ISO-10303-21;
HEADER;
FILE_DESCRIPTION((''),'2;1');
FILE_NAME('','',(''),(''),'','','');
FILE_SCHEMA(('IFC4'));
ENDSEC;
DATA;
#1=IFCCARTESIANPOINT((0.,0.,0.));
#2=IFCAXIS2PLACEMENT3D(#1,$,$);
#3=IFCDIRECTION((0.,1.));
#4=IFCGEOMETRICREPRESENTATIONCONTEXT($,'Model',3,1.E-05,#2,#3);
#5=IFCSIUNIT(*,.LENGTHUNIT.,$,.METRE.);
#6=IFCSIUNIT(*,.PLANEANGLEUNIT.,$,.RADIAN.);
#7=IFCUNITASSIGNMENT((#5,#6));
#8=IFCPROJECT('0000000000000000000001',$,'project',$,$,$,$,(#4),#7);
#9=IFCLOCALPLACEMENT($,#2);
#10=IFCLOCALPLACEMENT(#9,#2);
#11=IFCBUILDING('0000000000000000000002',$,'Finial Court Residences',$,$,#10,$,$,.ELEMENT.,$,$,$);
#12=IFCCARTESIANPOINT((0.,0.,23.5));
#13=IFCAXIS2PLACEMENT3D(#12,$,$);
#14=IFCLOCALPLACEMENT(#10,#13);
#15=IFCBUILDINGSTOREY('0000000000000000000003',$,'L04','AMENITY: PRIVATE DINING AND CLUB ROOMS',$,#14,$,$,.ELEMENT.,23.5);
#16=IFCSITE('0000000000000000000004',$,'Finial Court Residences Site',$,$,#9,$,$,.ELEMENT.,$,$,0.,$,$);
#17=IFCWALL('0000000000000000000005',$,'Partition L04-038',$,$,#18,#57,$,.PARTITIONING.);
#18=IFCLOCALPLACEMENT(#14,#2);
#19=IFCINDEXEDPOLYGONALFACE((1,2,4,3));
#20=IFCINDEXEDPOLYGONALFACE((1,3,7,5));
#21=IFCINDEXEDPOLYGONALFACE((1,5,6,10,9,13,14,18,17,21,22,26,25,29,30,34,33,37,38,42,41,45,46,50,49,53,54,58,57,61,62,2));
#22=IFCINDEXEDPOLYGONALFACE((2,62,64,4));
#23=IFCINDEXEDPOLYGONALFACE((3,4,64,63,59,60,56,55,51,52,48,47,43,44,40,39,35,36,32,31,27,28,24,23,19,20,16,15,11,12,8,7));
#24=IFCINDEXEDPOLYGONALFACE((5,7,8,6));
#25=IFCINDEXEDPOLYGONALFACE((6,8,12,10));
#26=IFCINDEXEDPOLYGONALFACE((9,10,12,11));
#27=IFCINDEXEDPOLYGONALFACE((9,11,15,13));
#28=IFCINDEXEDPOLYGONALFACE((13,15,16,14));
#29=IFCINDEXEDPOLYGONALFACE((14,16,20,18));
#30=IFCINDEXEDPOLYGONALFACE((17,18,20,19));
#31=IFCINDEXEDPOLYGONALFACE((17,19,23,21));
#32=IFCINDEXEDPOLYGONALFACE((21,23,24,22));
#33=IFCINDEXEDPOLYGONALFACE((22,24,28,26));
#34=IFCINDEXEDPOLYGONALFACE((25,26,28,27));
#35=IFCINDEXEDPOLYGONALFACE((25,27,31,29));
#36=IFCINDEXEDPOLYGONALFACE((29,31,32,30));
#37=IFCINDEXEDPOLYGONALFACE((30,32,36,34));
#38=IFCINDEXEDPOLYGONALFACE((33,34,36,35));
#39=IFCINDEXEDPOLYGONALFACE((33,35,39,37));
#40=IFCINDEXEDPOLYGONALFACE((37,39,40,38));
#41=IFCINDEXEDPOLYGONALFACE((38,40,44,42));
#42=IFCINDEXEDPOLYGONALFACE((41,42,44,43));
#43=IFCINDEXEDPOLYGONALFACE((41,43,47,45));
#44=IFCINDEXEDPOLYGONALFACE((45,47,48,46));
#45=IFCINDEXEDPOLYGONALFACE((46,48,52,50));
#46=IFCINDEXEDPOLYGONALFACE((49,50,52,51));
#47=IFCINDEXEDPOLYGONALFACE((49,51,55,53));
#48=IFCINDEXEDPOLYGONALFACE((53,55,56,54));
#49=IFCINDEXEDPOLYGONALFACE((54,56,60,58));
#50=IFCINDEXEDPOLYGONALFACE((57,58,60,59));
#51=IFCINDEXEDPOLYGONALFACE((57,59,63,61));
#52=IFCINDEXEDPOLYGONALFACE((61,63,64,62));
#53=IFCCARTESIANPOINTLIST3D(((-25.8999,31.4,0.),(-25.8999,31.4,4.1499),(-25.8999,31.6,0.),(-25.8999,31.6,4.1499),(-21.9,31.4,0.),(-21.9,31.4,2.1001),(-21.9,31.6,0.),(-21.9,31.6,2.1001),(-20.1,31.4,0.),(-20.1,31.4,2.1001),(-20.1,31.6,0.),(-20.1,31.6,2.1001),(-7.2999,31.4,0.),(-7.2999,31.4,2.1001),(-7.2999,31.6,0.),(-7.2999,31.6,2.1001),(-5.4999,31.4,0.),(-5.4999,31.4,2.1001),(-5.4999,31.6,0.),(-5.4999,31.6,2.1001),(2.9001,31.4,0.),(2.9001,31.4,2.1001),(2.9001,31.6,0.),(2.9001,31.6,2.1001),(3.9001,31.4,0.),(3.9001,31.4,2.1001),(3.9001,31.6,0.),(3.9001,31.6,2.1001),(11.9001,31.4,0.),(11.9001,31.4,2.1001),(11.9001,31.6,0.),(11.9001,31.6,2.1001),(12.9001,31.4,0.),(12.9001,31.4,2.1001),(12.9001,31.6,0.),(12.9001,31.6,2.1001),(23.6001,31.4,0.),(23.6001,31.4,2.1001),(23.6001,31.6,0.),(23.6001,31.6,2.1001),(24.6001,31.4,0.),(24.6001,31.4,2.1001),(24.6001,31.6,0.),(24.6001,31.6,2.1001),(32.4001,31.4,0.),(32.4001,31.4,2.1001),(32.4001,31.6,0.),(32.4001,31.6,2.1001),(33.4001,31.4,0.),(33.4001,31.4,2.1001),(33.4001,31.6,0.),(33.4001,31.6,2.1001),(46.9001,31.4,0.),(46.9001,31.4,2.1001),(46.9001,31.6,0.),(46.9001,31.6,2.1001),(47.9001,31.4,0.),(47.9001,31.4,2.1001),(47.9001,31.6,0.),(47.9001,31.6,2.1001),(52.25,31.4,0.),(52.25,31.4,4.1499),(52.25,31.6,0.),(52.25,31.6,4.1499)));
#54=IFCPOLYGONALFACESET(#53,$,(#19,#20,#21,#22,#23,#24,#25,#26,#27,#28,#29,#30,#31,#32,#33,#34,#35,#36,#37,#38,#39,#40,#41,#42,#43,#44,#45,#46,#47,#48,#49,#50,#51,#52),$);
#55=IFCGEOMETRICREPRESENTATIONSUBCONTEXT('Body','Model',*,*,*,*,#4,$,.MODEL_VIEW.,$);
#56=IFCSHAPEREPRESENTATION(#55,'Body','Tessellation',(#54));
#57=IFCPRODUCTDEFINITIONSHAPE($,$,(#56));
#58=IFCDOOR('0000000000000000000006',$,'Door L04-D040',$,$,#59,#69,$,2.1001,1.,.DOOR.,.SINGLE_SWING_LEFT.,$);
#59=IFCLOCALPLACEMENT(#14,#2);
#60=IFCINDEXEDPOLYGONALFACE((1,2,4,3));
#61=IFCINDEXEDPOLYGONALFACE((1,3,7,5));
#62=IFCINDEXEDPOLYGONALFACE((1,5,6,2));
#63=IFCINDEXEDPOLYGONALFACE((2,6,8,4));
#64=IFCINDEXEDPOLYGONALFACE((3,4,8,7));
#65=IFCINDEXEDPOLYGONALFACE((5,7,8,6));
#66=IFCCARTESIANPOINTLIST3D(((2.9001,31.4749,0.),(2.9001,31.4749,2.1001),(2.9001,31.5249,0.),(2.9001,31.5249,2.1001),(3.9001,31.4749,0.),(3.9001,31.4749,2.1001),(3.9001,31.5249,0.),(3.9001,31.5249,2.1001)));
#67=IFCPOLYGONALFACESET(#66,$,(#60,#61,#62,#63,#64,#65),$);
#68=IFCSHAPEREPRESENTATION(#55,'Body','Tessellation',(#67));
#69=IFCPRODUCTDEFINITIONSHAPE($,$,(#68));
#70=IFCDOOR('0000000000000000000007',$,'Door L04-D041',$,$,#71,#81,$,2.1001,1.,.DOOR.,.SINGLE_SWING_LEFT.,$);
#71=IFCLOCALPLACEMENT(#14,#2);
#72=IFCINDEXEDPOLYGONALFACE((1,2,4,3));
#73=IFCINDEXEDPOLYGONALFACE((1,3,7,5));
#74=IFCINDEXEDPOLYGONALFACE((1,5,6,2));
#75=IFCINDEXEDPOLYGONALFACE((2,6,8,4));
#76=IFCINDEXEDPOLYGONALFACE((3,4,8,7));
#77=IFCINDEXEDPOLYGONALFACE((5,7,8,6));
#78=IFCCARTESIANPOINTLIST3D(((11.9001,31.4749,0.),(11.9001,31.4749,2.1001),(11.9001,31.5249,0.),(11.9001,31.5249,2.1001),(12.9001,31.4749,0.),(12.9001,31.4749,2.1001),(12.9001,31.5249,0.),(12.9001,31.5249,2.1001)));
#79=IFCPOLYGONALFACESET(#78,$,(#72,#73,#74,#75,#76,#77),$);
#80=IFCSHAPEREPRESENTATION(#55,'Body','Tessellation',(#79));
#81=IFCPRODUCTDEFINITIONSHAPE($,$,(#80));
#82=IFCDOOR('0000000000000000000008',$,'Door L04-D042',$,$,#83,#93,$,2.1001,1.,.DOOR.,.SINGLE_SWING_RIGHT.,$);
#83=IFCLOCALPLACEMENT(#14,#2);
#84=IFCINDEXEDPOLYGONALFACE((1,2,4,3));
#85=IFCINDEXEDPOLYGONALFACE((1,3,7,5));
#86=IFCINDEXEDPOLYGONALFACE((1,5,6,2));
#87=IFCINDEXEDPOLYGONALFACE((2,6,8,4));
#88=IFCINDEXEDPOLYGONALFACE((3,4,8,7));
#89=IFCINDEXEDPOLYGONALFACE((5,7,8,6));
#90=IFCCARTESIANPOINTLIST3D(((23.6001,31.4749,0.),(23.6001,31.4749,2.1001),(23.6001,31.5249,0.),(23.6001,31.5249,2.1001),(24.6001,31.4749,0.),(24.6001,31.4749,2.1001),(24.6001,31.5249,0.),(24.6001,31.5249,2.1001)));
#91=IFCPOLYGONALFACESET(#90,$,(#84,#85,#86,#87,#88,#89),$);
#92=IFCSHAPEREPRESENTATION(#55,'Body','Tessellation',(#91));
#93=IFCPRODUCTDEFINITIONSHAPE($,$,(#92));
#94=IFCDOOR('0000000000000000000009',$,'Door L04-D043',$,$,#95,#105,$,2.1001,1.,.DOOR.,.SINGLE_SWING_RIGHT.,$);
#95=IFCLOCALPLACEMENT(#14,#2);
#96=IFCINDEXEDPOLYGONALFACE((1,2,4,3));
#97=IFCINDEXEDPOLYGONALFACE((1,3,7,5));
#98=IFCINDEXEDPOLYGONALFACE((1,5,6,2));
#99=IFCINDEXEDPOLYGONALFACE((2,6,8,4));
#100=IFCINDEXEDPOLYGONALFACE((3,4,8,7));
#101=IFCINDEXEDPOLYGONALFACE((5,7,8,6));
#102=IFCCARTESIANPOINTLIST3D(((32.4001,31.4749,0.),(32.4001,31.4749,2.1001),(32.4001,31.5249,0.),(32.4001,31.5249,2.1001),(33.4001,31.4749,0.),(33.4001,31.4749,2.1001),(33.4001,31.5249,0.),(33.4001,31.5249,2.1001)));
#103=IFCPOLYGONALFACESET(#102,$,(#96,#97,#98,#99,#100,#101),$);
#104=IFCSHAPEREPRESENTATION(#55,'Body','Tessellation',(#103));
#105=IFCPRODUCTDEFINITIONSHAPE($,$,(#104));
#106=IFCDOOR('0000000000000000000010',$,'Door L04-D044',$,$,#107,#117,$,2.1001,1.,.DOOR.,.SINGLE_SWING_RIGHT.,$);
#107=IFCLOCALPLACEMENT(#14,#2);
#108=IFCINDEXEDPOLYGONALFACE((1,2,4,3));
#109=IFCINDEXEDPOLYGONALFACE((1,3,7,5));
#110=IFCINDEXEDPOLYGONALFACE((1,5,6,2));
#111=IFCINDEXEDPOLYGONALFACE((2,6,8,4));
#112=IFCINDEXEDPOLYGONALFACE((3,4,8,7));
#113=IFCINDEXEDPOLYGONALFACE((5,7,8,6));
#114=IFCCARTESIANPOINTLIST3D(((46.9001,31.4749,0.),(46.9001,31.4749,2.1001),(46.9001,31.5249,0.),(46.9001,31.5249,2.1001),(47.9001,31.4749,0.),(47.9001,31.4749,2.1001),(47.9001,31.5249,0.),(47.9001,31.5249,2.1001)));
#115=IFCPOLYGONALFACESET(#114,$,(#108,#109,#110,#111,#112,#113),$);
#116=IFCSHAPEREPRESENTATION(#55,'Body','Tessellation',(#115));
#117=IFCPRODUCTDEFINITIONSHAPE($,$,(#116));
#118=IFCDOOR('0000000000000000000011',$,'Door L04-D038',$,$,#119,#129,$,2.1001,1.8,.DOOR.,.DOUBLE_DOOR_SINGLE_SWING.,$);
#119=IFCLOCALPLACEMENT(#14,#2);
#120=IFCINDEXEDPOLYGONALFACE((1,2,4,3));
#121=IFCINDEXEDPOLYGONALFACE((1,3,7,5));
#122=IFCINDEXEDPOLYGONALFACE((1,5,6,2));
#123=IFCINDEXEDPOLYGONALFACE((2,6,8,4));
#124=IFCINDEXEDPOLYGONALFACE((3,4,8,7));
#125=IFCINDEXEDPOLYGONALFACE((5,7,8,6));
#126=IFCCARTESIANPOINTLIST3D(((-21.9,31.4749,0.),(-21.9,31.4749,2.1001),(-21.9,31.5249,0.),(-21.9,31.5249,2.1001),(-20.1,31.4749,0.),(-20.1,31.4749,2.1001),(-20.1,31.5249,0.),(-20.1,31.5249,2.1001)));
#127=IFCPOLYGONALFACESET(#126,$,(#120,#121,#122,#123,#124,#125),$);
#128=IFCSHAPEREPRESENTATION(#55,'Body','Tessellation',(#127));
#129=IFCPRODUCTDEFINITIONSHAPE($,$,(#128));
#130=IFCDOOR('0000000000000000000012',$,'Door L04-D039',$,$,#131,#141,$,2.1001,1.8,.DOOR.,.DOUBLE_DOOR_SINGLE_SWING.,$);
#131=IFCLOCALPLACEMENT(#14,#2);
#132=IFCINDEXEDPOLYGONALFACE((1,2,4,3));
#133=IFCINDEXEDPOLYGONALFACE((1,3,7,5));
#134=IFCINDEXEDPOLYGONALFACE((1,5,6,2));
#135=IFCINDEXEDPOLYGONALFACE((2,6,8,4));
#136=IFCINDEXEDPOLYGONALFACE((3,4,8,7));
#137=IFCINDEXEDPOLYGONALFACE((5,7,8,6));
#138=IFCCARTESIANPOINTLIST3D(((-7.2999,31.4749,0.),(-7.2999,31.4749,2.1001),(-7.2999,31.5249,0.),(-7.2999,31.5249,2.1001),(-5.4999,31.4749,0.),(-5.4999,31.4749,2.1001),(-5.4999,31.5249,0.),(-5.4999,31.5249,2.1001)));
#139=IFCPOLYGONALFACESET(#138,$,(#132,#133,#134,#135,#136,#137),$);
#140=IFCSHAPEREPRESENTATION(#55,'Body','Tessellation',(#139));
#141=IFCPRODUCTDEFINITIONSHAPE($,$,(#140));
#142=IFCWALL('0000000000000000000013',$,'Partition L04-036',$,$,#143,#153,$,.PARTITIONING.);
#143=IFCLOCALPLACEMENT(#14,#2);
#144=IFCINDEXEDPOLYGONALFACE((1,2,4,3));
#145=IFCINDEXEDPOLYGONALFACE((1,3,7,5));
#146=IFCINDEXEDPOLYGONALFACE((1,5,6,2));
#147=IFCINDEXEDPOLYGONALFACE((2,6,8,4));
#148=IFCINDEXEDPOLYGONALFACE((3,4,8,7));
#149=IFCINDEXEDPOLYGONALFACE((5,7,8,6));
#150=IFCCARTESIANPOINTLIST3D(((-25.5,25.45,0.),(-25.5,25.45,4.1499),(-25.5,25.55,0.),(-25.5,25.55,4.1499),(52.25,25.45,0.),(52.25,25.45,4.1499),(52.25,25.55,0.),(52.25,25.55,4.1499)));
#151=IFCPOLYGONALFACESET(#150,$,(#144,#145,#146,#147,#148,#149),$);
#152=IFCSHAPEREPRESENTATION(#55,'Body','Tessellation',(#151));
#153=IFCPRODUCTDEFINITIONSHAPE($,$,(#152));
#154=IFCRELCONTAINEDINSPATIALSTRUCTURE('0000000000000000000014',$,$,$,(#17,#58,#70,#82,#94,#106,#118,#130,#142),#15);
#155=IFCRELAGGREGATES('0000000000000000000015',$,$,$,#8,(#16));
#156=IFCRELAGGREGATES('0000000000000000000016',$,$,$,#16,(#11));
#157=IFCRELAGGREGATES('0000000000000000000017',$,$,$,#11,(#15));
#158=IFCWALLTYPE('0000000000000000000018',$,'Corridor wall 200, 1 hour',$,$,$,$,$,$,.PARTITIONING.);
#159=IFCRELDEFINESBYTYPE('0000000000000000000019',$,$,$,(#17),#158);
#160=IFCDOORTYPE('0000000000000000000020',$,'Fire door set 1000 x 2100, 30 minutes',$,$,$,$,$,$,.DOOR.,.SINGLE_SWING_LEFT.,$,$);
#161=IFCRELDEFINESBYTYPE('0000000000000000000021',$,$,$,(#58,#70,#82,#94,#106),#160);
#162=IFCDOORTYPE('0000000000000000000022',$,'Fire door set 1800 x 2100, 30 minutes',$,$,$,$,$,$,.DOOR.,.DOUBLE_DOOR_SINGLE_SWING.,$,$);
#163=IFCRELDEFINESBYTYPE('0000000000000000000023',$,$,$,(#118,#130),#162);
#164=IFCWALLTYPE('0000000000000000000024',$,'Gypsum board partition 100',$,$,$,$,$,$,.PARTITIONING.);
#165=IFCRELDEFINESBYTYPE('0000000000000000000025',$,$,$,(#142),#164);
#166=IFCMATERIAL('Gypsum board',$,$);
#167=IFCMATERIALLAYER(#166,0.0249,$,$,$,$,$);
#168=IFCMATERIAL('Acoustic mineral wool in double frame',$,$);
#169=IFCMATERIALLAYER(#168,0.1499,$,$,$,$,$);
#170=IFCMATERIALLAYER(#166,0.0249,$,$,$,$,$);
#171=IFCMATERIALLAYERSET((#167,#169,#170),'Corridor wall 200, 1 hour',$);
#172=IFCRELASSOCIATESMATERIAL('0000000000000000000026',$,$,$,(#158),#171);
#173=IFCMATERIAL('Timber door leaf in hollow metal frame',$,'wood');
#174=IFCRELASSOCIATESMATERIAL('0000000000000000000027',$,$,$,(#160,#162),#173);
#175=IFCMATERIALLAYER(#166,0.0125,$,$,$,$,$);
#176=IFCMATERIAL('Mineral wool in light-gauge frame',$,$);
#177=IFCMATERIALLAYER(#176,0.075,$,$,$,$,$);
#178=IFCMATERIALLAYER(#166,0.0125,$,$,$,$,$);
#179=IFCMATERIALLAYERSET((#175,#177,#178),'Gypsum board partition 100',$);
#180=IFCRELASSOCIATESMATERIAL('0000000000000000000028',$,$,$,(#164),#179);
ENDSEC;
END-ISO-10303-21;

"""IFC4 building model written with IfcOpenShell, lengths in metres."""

from ifc_helpers import new_model, si_unit, direction, frame, frame_2d, origin, place, context, subcontext, project, spatial, rectangle, extrude, material, layer, layer_set, type_object, element, fill, save


model = new_model("IFC4")

# Units and contexts
model_context = context("Model", 3, precision=1e-05, world=origin(), true_north=direction((0.0, 1.0)))
body_context = subcontext(model_context, "Body", "Model", "MODEL_VIEW")
ifc_project = project(units=[si_unit("LENGTHUNIT", "METRE"), si_unit("PLANEANGLEUNIT", "RADIAN")], contexts=[model_context])

# Site, building, storey
site_placement = place(None, origin())
site = spatial("IfcSite", under=ifc_project, at=site_placement, Name="Finial Court Residences Site", CompositionType="ELEMENT", RefElevation=0.0)
building_placement = place(site_placement, origin())
building = spatial("IfcBuilding", under=site, at=building_placement, Name="Finial Court Residences", CompositionType="ELEMENT")
storey_placement = place(building_placement, frame((0.0, 0.0, 23.5)))
storey = spatial("IfcBuildingStorey", under=building, at=storey_placement, Name="L04", Description="AMENITY: PRIVATE DINING AND CLUB ROOMS", CompositionType="ELEMENT", Elevation=23.5)

# Wall, openings, doors
ifc_material_1 = material(Name="Gypsum board")
ifc_layer_1 = layer(ifc_material_1, 0.0249)
ifc_material_2 = material(Name="Acoustic mineral wool in double frame")
ifc_layer_2 = layer(ifc_material_2, 0.1499)
ifc_layer_3 = layer(ifc_material_1, 0.0249)
ifc_layer_set_1 = layer_set([ifc_layer_1, ifc_layer_2, ifc_layer_3], Name="Corridor wall 200, 1 hour")
wall_type_1 = type_object("IfcWallType", Name="Corridor wall 200, 1 hour", PredefinedType="PARTITIONING", material=ifc_layer_set_1)
wall_1_placement = place(storey_placement, frame((-25.8999, 31.5, 0.0), z_axis=(0.0, 0.0, 1.0), x_axis=(1.0, 0.0, 0.0)))
wall_1 = element("IfcWall", 1, at=wall_1_placement, inside=storey, type_object=wall_type_1, Name="Partition L04-038", PredefinedType="PARTITIONING", context=body_context, shape_type="SweptSolid", body=[
    extrude(rectangle(XDim=78.1499, YDim=0.2, at=frame_2d((39.075, 0.0))), origin(), (0.0, 0.0, 1.0), 4.1499),
])
opening_1_placement = place(wall_1_placement, frame((4.0, 0.0, 0.0)))
opening_1 = element("IfcOpeningElement", 2, at=opening_1_placement, cuts=wall_1, PredefinedType="OPENING", context=body_context, shape_type="SweptSolid", body=[
    extrude(rectangle(XDim=1.8, YDim=2.1001, at=frame_2d((0.8999, 1.05))), frame((0.0, 0.1099, 0.0), z_axis=(0.0, -1.0, 0.0), x_axis=(1.0, 0.0, 0.0)), (0.0, 0.0, 1.0), 0.22),
])
opening_2_placement = place(wall_1_placement, frame((18.6001, 0.0, 0.0)))
opening_2 = element("IfcOpeningElement", 3, at=opening_2_placement, cuts=wall_1, PredefinedType="OPENING", context=body_context, shape_type="SweptSolid", body=[
    extrude(rectangle(XDim=1.8, YDim=2.1001, at=frame_2d((0.8999, 1.05))), frame((0.0, 0.1099, 0.0), z_axis=(0.0, -1.0, 0.0), x_axis=(1.0, 0.0, 0.0)), (0.0, 0.0, 1.0), 0.22),
])
opening_3_placement = place(wall_1_placement, frame((28.8, 0.0, 0.0)))
opening_3 = element("IfcOpeningElement", 4, at=opening_3_placement, cuts=wall_1, PredefinedType="OPENING", context=body_context, shape_type="SweptSolid", body=[
    extrude(rectangle(XDim=1.0, YDim=2.1001, at=frame_2d((0.5, 1.05))), frame((0.0, 0.1099, 0.0), z_axis=(0.0, -1.0, 0.0), x_axis=(1.0, 0.0, 0.0)), (0.0, 0.0, 1.0), 0.22),
])
opening_4_placement = place(wall_1_placement, frame((37.8, 0.0, 0.0)))
opening_4 = element("IfcOpeningElement", 5, at=opening_4_placement, cuts=wall_1, PredefinedType="OPENING", context=body_context, shape_type="SweptSolid", body=[
    extrude(rectangle(XDim=1.0, YDim=2.1001, at=frame_2d((0.5, 1.05))), frame((0.0, 0.1099, 0.0), z_axis=(0.0, -1.0, 0.0), x_axis=(1.0, 0.0, 0.0)), (0.0, 0.0, 1.0), 0.22),
])
opening_5_placement = place(wall_1_placement, frame((49.5, 0.0, 0.0)))
opening_5 = element("IfcOpeningElement", 6, at=opening_5_placement, cuts=wall_1, PredefinedType="OPENING", context=body_context, shape_type="SweptSolid", body=[
    extrude(rectangle(XDim=1.0, YDim=2.1001, at=frame_2d((0.5, 1.05))), frame((0.0, 0.1099, 0.0), z_axis=(0.0, -1.0, 0.0), x_axis=(1.0, 0.0, 0.0)), (0.0, 0.0, 1.0), 0.22),
])
opening_6_placement = place(wall_1_placement, frame((58.3, 0.0, 0.0)))
opening_6 = element("IfcOpeningElement", 7, at=opening_6_placement, cuts=wall_1, PredefinedType="OPENING", context=body_context, shape_type="SweptSolid", body=[
    extrude(rectangle(XDim=1.0, YDim=2.1001, at=frame_2d((0.5, 1.05))), frame((0.0, 0.1099, 0.0), z_axis=(0.0, -1.0, 0.0), x_axis=(1.0, 0.0, 0.0)), (0.0, 0.0, 1.0), 0.22),
])
opening_7_placement = place(wall_1_placement, frame((72.8, 0.0, 0.0)))
opening_7 = element("IfcOpeningElement", 8, at=opening_7_placement, cuts=wall_1, PredefinedType="OPENING", context=body_context, shape_type="SweptSolid", body=[
    extrude(rectangle(XDim=1.0, YDim=2.1001, at=frame_2d((0.5, 1.05))), frame((0.0, 0.1099, 0.0), z_axis=(0.0, -1.0, 0.0), x_axis=(1.0, 0.0, 0.0)), (0.0, 0.0, 1.0), 0.22),
])
ifc_material_3 = material(Name="Timber door leaf in hollow metal frame", Category="wood")
door_type_1 = type_object("IfcDoorType", Name="Fire door set 1000 x 2100, 30 minutes", OperationType="SINGLE_SWING_LEFT", PredefinedType="DOOR", material=ifc_material_3)
door_1_placement = place(opening_3_placement, origin())
door_1 = element("IfcDoor", 9, at=door_1_placement, inside=storey, type_object=door_type_1, Name="Door L04-D040", OperationType="SINGLE_SWING_LEFT", OverallHeight=2.1001, OverallWidth=1.0, PredefinedType="DOOR", context=body_context, shape_type="SweptSolid", body=[
    extrude(rectangle(XDim=1.0, YDim=2.1001, at=frame_2d((0.5, 1.05))), frame((0.0, 0.0249, 0.0), z_axis=(0.0, -1.0, 0.0), x_axis=(1.0, 0.0, 0.0)), (0.0, 0.0, 1.0), 0.05),
])
fill(opening_3, door_1)
door_2_placement = place(opening_4_placement, origin())
door_2 = element("IfcDoor", 10, at=door_2_placement, inside=storey, type_object=door_type_1, Name="Door L04-D041", OperationType="SINGLE_SWING_LEFT", OverallHeight=2.1001, OverallWidth=1.0, PredefinedType="DOOR", context=body_context, shape_type="SweptSolid", body=[
    extrude(rectangle(XDim=1.0, YDim=2.1001, at=frame_2d((0.5, 1.05))), frame((0.0, 0.0249, 0.0), z_axis=(0.0, -1.0, 0.0), x_axis=(1.0, 0.0, 0.0)), (0.0, 0.0, 1.0), 0.05),
])
fill(opening_4, door_2)
door_3_placement = place(opening_5_placement, origin())
door_3 = element("IfcDoor", 11, at=door_3_placement, inside=storey, type_object=door_type_1, Name="Door L04-D042", OperationType="SINGLE_SWING_RIGHT", OverallHeight=2.1001, OverallWidth=1.0, PredefinedType="DOOR", context=body_context, shape_type="SweptSolid", body=[
    extrude(rectangle(XDim=1.0, YDim=2.1001, at=frame_2d((0.5, 1.05))), frame((0.0, 0.0249, 0.0), z_axis=(0.0, -1.0, 0.0), x_axis=(1.0, 0.0, 0.0)), (0.0, 0.0, 1.0), 0.05),
])
fill(opening_5, door_3)
door_4_placement = place(opening_6_placement, origin())
door_4 = element("IfcDoor", 12, at=door_4_placement, inside=storey, type_object=door_type_1, Name="Door L04-D043", OperationType="SINGLE_SWING_RIGHT", OverallHeight=2.1001, OverallWidth=1.0, PredefinedType="DOOR", context=body_context, shape_type="SweptSolid", body=[
    extrude(rectangle(XDim=1.0, YDim=2.1001, at=frame_2d((0.5, 1.05))), frame((0.0, 0.0249, 0.0), z_axis=(0.0, -1.0, 0.0), x_axis=(1.0, 0.0, 0.0)), (0.0, 0.0, 1.0), 0.05),
])
fill(opening_6, door_4)
door_5_placement = place(opening_7_placement, origin())
door_5 = element("IfcDoor", 13, at=door_5_placement, inside=storey, type_object=door_type_1, Name="Door L04-D044", OperationType="SINGLE_SWING_RIGHT", OverallHeight=2.1001, OverallWidth=1.0, PredefinedType="DOOR", context=body_context, shape_type="SweptSolid", body=[
    extrude(rectangle(XDim=1.0, YDim=2.1001, at=frame_2d((0.5, 1.05))), frame((0.0, 0.0249, 0.0), z_axis=(0.0, -1.0, 0.0), x_axis=(1.0, 0.0, 0.0)), (0.0, 0.0, 1.0), 0.05),
])
fill(opening_7, door_5)
door_type_2 = type_object("IfcDoorType", Name="Fire door set 1800 x 2100, 30 minutes", OperationType="DOUBLE_DOOR_SINGLE_SWING", PredefinedType="DOOR", material=ifc_material_3)
door_6_placement = place(opening_1_placement, origin())
door_6 = element("IfcDoor", 14, at=door_6_placement, inside=storey, type_object=door_type_2, Name="Door L04-D038", OperationType="DOUBLE_DOOR_SINGLE_SWING", OverallHeight=2.1001, OverallWidth=1.8, PredefinedType="DOOR", context=body_context, shape_type="SweptSolid", body=[
    extrude(rectangle(XDim=1.8, YDim=2.1001, at=frame_2d((0.8999, 1.05))), frame((0.0, 0.0249, 0.0), z_axis=(0.0, -1.0, 0.0), x_axis=(1.0, 0.0, 0.0)), (0.0, 0.0, 1.0), 0.05),
])
fill(opening_1, door_6)
door_7_placement = place(opening_2_placement, origin())
door_7 = element("IfcDoor", 15, at=door_7_placement, inside=storey, type_object=door_type_2, Name="Door L04-D039", OperationType="DOUBLE_DOOR_SINGLE_SWING", OverallHeight=2.1001, OverallWidth=1.8, PredefinedType="DOOR", context=body_context, shape_type="SweptSolid", body=[
    extrude(rectangle(XDim=1.8, YDim=2.1001, at=frame_2d((0.8999, 1.05))), frame((0.0, 0.0249, 0.0), z_axis=(0.0, -1.0, 0.0), x_axis=(1.0, 0.0, 0.0)), (0.0, 0.0, 1.0), 0.05),
])
fill(opening_2, door_7)

# Wall
ifc_layer_4 = layer(ifc_material_1, 0.0125)
ifc_material_4 = material(Name="Mineral wool in light-gauge frame")
ifc_layer_5 = layer(ifc_material_4, 0.075)
ifc_layer_6 = layer(ifc_material_1, 0.0125)
ifc_layer_set_2 = layer_set([ifc_layer_4, ifc_layer_5, ifc_layer_6], Name="Gypsum board partition 100")
wall_type_2 = type_object("IfcWallType", Name="Gypsum board partition 100", PredefinedType="PARTITIONING", material=ifc_layer_set_2)
wall_2_placement = place(storey_placement, frame((-25.5, 25.5, 0.0), z_axis=(0.0, 0.0, 1.0), x_axis=(1.0, 0.0, 0.0)))
element("IfcWall", 16, at=wall_2_placement, inside=storey, type_object=wall_type_2, Name="Partition L04-036", PredefinedType="PARTITIONING", context=body_context, shape_type="SweptSolid", body=[
    extrude(rectangle(XDim=77.75, YDim=0.1001, at=frame_2d((38.875, 0.0))), origin(), (0.0, 0.0, 1.0), 4.1499),
])

save(model, "model.ifc")
